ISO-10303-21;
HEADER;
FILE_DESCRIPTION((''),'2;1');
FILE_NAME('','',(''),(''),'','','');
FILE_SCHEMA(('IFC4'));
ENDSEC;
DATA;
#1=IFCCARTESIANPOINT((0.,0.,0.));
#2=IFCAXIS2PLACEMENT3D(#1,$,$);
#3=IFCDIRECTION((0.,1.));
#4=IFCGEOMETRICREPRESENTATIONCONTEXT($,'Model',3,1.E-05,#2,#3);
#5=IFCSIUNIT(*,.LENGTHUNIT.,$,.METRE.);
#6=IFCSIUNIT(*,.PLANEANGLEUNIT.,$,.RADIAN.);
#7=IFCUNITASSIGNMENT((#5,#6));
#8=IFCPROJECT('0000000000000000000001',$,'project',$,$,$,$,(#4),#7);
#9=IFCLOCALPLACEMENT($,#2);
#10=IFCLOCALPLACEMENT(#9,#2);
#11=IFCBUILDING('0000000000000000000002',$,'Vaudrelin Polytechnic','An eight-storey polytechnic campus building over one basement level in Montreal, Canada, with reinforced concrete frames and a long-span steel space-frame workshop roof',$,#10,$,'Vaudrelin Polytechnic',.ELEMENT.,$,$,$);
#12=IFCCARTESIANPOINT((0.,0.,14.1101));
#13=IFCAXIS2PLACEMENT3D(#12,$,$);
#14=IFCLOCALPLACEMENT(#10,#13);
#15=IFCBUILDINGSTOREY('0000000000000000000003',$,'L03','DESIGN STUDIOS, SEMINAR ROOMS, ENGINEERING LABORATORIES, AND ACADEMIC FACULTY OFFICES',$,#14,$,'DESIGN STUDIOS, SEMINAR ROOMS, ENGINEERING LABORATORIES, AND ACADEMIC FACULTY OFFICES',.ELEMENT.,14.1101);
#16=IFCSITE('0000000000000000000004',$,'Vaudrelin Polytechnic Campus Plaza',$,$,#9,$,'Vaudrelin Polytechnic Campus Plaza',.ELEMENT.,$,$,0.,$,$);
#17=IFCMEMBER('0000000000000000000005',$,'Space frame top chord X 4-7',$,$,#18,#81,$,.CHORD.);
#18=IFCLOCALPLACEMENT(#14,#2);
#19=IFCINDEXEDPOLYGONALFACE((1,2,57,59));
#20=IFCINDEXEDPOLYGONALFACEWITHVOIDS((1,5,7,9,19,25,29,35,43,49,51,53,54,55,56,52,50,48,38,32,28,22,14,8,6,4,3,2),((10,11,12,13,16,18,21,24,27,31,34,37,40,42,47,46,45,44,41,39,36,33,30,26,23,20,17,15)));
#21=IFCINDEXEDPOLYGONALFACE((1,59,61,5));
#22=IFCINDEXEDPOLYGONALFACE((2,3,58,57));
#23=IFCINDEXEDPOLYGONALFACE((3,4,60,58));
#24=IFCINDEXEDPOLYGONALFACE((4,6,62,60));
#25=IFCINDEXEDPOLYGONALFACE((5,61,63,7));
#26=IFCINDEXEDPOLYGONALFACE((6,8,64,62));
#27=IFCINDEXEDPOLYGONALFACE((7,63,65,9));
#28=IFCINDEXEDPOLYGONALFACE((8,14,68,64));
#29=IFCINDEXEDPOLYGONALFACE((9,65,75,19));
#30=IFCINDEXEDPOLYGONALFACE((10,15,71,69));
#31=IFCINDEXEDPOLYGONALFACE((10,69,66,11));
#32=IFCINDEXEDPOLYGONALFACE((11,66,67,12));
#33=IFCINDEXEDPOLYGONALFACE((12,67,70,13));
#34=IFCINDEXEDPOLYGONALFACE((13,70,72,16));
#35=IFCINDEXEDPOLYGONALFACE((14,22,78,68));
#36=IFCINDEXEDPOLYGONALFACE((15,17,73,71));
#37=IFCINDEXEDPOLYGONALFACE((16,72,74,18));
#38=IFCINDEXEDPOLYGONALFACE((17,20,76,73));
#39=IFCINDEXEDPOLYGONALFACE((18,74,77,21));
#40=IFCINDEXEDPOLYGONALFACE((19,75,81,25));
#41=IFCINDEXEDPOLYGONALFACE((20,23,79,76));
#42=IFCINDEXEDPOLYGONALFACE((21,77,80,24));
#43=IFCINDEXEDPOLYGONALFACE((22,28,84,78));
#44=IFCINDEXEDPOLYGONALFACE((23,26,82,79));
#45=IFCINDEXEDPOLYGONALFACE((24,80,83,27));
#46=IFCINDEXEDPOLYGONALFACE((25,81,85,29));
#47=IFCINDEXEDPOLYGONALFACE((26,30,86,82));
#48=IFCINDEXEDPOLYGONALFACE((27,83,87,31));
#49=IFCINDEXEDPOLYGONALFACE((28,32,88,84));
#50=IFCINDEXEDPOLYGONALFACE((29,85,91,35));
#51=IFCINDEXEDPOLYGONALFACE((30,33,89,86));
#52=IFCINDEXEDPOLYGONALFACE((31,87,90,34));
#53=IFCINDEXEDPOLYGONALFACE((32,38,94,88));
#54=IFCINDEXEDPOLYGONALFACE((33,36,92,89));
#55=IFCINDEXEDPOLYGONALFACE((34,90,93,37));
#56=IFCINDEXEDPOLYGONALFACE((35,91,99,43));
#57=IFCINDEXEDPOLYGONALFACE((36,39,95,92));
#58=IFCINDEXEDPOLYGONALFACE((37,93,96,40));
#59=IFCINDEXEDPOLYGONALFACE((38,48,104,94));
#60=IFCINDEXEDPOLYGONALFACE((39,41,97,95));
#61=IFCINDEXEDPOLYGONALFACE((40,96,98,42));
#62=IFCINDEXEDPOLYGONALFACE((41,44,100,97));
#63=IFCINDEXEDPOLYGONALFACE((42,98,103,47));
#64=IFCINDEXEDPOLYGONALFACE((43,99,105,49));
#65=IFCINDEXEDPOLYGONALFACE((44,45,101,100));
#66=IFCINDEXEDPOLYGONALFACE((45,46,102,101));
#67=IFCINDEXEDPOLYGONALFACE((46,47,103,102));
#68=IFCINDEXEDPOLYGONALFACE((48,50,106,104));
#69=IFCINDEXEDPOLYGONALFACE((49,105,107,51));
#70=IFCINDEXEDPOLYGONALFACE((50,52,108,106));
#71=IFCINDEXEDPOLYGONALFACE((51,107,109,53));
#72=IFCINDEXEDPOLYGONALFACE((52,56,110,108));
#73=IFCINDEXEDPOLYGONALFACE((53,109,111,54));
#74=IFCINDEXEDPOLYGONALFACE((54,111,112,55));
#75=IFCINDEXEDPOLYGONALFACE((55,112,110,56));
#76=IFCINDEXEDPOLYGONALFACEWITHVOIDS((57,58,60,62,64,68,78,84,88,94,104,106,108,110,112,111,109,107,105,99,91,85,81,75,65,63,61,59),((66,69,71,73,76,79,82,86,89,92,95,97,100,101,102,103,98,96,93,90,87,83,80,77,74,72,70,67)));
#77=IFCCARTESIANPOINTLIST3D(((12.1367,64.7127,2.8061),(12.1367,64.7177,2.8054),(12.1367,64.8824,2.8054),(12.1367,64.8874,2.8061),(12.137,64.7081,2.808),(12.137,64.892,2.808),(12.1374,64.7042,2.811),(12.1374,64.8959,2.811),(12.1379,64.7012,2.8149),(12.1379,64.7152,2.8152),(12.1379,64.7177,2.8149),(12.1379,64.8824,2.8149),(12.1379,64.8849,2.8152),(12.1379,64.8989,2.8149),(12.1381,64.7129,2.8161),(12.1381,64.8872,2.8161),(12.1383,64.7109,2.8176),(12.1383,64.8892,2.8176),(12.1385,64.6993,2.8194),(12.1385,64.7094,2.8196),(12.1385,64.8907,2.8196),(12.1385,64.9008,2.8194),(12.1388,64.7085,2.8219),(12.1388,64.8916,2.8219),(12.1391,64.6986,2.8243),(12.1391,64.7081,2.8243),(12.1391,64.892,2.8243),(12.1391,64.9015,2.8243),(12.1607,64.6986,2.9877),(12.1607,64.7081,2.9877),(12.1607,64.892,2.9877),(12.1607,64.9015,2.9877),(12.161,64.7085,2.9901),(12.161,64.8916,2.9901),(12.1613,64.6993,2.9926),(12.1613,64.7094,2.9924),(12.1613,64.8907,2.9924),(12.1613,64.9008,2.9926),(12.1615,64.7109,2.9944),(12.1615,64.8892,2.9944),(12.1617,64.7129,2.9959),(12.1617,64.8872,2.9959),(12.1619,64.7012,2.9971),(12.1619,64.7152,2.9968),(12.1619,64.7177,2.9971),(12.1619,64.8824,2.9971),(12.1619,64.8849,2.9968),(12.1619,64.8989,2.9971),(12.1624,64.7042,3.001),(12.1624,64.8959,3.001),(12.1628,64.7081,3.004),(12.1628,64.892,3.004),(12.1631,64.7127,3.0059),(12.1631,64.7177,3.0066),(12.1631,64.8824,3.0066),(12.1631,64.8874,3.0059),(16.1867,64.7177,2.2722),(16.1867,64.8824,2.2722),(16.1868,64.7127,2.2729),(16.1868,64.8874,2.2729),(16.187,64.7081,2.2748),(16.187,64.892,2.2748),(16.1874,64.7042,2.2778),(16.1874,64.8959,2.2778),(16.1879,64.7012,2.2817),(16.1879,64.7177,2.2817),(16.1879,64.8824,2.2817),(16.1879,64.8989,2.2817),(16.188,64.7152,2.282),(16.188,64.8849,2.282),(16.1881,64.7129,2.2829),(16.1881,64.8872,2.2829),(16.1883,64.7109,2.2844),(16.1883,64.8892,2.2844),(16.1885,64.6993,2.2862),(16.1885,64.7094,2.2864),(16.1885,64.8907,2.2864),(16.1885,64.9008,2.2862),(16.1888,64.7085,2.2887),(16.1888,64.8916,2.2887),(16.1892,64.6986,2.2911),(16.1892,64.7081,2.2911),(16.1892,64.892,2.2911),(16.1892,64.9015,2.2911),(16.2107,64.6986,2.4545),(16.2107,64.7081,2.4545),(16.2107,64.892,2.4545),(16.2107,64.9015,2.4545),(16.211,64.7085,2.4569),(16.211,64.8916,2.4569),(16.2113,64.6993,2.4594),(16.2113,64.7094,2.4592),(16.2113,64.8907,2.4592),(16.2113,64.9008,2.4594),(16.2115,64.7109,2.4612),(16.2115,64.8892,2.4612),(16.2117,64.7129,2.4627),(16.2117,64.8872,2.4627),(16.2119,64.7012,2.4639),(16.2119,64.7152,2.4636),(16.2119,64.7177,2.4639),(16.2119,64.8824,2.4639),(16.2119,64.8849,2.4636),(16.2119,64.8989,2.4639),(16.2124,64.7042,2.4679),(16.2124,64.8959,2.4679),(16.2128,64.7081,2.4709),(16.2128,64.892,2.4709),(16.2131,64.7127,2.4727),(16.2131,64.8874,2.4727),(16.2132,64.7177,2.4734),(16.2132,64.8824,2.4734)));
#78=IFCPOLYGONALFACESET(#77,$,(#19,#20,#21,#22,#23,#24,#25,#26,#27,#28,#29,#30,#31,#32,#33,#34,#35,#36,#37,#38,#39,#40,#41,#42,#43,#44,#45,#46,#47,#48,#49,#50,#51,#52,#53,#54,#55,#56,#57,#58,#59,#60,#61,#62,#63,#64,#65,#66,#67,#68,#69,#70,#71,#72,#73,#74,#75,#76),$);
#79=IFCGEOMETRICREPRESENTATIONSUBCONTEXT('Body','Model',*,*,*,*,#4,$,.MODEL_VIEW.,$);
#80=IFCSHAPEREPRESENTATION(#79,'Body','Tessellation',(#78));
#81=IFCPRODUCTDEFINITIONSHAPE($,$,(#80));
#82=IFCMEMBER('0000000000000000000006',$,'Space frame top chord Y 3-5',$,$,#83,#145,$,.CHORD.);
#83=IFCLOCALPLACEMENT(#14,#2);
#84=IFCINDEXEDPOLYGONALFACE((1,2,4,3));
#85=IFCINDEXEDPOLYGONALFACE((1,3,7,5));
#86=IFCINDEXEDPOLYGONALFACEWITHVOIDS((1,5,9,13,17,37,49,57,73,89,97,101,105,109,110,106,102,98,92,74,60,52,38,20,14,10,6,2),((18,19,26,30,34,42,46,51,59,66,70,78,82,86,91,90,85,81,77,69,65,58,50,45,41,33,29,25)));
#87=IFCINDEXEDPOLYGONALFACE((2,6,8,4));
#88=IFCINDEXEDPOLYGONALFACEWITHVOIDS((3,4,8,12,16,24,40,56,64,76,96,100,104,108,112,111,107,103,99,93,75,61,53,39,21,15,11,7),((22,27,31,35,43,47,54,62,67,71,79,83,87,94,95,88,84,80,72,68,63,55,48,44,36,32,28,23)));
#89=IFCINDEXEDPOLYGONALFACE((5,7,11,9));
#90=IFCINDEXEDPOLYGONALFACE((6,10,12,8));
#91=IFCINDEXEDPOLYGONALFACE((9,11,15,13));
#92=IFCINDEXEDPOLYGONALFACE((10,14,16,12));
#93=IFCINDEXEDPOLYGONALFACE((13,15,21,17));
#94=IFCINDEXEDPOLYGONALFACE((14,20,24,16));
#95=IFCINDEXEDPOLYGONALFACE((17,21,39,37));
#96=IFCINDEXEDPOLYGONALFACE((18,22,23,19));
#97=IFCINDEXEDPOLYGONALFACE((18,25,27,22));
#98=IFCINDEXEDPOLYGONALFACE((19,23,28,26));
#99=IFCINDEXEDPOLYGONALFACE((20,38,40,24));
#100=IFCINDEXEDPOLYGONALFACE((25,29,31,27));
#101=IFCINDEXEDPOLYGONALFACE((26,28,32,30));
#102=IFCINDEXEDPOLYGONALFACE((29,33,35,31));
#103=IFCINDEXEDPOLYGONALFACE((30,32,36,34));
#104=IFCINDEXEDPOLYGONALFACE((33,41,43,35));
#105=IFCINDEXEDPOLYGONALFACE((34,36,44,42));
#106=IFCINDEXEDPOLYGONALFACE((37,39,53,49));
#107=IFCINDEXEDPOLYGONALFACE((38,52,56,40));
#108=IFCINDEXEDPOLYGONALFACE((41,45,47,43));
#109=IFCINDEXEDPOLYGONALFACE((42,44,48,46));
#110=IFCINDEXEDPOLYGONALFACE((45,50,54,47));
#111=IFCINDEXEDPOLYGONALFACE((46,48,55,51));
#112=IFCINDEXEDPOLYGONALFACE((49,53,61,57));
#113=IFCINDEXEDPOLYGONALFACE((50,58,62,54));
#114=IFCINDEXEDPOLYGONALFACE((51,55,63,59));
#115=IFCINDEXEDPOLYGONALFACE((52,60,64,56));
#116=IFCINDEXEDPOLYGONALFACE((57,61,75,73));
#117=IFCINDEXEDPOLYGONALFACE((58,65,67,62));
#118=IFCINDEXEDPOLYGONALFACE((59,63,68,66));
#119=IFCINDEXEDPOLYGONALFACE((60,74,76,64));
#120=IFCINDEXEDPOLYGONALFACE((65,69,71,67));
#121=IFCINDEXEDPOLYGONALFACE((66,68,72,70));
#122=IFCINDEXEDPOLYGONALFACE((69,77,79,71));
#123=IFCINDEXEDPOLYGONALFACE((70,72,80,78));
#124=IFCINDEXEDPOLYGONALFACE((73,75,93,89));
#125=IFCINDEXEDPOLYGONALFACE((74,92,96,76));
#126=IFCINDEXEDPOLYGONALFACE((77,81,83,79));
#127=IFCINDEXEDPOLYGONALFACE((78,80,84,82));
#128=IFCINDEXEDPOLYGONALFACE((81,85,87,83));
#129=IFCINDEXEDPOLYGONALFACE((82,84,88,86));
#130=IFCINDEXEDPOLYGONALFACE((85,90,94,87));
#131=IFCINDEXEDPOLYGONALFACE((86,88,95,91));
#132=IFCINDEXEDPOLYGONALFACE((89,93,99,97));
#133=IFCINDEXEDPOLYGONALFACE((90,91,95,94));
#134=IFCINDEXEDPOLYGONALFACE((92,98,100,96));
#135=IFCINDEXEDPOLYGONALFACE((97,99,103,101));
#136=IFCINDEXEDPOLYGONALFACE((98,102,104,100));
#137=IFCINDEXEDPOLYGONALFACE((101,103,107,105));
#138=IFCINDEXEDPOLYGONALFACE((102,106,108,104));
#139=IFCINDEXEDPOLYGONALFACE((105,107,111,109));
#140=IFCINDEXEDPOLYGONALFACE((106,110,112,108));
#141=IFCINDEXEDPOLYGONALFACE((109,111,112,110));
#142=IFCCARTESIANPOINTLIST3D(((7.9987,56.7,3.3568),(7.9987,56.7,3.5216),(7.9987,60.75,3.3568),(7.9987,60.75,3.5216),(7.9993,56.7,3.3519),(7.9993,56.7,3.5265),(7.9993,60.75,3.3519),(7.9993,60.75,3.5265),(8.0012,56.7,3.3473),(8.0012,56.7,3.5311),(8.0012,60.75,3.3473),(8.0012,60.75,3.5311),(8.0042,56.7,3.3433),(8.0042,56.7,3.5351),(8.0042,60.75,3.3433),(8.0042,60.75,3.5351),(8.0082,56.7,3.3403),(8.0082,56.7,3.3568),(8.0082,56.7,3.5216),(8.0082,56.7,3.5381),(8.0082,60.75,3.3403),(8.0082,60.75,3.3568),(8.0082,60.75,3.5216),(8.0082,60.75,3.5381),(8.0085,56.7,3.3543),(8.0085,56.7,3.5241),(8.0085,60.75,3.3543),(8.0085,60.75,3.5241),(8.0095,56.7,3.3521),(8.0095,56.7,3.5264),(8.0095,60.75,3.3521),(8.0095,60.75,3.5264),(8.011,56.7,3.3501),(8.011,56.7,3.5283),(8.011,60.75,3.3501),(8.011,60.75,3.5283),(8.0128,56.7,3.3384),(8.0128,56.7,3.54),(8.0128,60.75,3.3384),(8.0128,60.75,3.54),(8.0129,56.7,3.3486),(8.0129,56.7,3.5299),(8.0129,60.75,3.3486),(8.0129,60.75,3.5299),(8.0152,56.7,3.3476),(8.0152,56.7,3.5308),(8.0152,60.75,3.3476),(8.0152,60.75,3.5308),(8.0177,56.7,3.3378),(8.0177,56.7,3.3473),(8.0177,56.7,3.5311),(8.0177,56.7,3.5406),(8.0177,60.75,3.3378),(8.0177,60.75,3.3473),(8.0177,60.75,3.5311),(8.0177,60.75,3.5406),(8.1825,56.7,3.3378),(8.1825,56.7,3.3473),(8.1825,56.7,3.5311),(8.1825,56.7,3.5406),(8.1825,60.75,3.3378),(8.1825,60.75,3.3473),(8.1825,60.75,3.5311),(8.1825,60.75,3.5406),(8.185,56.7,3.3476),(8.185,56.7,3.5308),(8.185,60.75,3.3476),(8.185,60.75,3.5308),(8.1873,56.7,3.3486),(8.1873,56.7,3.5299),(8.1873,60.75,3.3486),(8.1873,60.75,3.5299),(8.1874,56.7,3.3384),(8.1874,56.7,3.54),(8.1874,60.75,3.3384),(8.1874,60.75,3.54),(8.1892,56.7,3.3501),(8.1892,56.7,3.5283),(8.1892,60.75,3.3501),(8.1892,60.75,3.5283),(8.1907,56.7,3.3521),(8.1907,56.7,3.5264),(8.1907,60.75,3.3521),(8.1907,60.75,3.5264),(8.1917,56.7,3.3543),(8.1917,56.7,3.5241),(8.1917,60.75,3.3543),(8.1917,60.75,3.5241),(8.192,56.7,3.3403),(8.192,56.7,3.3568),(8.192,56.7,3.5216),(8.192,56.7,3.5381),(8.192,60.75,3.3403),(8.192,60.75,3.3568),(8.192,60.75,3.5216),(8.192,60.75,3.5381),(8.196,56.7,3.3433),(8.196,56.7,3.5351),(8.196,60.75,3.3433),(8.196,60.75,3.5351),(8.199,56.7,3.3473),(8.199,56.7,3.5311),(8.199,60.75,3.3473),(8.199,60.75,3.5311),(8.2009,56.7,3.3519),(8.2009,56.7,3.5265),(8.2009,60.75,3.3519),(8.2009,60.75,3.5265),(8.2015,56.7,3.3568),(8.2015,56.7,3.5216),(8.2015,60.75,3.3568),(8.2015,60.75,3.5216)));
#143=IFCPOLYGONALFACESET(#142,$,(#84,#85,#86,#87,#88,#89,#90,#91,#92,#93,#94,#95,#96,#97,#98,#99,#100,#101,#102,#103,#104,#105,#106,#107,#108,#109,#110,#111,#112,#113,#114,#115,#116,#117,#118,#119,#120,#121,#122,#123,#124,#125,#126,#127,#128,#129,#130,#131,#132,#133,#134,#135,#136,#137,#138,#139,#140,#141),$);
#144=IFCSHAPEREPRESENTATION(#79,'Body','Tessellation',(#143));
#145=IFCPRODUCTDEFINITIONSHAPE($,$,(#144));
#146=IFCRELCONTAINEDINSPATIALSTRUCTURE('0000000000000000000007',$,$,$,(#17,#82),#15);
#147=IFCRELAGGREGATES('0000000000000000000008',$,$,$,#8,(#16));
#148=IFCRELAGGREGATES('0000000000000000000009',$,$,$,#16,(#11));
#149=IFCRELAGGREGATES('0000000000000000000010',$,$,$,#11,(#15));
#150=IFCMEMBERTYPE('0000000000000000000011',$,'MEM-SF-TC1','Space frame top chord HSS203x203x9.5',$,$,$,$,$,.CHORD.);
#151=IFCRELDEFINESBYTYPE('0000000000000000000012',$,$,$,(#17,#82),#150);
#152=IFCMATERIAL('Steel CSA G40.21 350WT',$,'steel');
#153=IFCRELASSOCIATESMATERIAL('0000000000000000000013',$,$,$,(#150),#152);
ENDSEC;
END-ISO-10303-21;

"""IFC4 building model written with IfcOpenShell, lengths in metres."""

from ifc_helpers import new_model, si_unit, direction, frame, origin, origin_2d, place, context, subcontext, project, spatial, hollow_rectangle, extrude, material, material_profile, profile_set, type_object, element, save


model = new_model("IFC4")

# Units and contexts
model_context = context("Model", 3, precision=1e-05, world=origin(), true_north=direction((0.0, 1.0)))
body_context = subcontext(model_context, "Body", "Model", "MODEL_VIEW")
ifc_project = project(units=[si_unit("LENGTHUNIT", "METRE"), si_unit("PLANEANGLEUNIT", "RADIAN")], contexts=[model_context])

# Site, building, storey
site_placement = place(None, origin())
site = spatial("IfcSite", under=ifc_project, at=site_placement, Name="Vaudrelin Polytechnic Campus Plaza", LongName="Vaudrelin Polytechnic Campus Plaza", CompositionType="ELEMENT", RefElevation=0.0)
building_placement = place(site_placement, origin())
building = spatial("IfcBuilding", under=site, at=building_placement, Name="Vaudrelin Polytechnic", Description="An eight-storey polytechnic campus building over one basement level in Montreal, Canada, with reinforced concrete frames and a long-span steel space-frame workshop roof", LongName="Vaudrelin Polytechnic", CompositionType="ELEMENT")
storey_placement = place(building_placement, frame((0.0, 0.0, 14.1101)))
storey = spatial("IfcBuildingStorey", under=building, at=storey_placement, Name="L03", Description="DESIGN STUDIOS, SEMINAR ROOMS, ENGINEERING LABORATORIES, AND ACADEMIC FACULTY OFFICES", LongName="DESIGN STUDIOS, SEMINAR ROOMS, ENGINEERING LABORATORIES, AND ACADEMIC FACULTY OFFICES", CompositionType="ELEMENT", Elevation=14.1101)

# Members
ifc_material = material(Name="Steel CSA G40.21 350WT", Category="steel")
ifc_material_profile_1 = material_profile(ifc_material, hollow_rectangle(XDim=0.2029, YDim=0.2029, WallThickness=0.0095, InnerFilletRadius=0.0095, OuterFilletRadius=0.019, at=origin_2d()), Name="HSS203x203x9.5")
ifc_profile_set_1 = profile_set([ifc_material_profile_1], Name="Steel CSA G40.21 350WT")
member_type_1 = type_object("IfcMemberType", Name="MEM-SF-TC1", Description="Space frame top chord HSS203x203x9.5", PredefinedType="CHORD", material=ifc_profile_set_1)
member_1_placement = place(storey_placement, frame((12.1499, 64.8, 2.906), z_axis=(0.991445, 0.0, -0.130527), x_axis=(0.0, 1.0, 0.0)))
element("IfcMember", 1, at=member_1_placement, inside=storey, type_object=member_type_1, Name="Space frame top chord X 4-7", PredefinedType="CHORD", context=body_context, shape_type="SweptSolid", body=[
    extrude(hollow_rectangle(XDim=0.2029, YDim=0.2029, WallThickness=0.0095, InnerFilletRadius=0.0095, OuterFilletRadius=0.019, at=origin_2d()), origin(), (0.0, 0.0, 1.0), 4.085),
])
for number, where, z_axis, x_axis, name in (
    (2, (8.1001, 56.7, 3.4392), (0.0, 1.0, 0.0), (-1.0, 0.0, 0.0), "Space frame top chord Y 3-5"),
):
    element("IfcMember", number, at=place(storey_placement, frame(where, z_axis=z_axis, x_axis=x_axis)), inside=storey, type_object=member_type_1, Name=name, PredefinedType="CHORD", context=body_context, shape_type="SweptSolid", body=[
        extrude(hollow_rectangle(XDim=0.2029, YDim=0.2029, WallThickness=0.0095, InnerFilletRadius=0.0095, OuterFilletRadius=0.019, at=origin_2d()), origin(), (0.0, 0.0, 1.0), 4.05),
    ])

save(model, "model.ifc")
